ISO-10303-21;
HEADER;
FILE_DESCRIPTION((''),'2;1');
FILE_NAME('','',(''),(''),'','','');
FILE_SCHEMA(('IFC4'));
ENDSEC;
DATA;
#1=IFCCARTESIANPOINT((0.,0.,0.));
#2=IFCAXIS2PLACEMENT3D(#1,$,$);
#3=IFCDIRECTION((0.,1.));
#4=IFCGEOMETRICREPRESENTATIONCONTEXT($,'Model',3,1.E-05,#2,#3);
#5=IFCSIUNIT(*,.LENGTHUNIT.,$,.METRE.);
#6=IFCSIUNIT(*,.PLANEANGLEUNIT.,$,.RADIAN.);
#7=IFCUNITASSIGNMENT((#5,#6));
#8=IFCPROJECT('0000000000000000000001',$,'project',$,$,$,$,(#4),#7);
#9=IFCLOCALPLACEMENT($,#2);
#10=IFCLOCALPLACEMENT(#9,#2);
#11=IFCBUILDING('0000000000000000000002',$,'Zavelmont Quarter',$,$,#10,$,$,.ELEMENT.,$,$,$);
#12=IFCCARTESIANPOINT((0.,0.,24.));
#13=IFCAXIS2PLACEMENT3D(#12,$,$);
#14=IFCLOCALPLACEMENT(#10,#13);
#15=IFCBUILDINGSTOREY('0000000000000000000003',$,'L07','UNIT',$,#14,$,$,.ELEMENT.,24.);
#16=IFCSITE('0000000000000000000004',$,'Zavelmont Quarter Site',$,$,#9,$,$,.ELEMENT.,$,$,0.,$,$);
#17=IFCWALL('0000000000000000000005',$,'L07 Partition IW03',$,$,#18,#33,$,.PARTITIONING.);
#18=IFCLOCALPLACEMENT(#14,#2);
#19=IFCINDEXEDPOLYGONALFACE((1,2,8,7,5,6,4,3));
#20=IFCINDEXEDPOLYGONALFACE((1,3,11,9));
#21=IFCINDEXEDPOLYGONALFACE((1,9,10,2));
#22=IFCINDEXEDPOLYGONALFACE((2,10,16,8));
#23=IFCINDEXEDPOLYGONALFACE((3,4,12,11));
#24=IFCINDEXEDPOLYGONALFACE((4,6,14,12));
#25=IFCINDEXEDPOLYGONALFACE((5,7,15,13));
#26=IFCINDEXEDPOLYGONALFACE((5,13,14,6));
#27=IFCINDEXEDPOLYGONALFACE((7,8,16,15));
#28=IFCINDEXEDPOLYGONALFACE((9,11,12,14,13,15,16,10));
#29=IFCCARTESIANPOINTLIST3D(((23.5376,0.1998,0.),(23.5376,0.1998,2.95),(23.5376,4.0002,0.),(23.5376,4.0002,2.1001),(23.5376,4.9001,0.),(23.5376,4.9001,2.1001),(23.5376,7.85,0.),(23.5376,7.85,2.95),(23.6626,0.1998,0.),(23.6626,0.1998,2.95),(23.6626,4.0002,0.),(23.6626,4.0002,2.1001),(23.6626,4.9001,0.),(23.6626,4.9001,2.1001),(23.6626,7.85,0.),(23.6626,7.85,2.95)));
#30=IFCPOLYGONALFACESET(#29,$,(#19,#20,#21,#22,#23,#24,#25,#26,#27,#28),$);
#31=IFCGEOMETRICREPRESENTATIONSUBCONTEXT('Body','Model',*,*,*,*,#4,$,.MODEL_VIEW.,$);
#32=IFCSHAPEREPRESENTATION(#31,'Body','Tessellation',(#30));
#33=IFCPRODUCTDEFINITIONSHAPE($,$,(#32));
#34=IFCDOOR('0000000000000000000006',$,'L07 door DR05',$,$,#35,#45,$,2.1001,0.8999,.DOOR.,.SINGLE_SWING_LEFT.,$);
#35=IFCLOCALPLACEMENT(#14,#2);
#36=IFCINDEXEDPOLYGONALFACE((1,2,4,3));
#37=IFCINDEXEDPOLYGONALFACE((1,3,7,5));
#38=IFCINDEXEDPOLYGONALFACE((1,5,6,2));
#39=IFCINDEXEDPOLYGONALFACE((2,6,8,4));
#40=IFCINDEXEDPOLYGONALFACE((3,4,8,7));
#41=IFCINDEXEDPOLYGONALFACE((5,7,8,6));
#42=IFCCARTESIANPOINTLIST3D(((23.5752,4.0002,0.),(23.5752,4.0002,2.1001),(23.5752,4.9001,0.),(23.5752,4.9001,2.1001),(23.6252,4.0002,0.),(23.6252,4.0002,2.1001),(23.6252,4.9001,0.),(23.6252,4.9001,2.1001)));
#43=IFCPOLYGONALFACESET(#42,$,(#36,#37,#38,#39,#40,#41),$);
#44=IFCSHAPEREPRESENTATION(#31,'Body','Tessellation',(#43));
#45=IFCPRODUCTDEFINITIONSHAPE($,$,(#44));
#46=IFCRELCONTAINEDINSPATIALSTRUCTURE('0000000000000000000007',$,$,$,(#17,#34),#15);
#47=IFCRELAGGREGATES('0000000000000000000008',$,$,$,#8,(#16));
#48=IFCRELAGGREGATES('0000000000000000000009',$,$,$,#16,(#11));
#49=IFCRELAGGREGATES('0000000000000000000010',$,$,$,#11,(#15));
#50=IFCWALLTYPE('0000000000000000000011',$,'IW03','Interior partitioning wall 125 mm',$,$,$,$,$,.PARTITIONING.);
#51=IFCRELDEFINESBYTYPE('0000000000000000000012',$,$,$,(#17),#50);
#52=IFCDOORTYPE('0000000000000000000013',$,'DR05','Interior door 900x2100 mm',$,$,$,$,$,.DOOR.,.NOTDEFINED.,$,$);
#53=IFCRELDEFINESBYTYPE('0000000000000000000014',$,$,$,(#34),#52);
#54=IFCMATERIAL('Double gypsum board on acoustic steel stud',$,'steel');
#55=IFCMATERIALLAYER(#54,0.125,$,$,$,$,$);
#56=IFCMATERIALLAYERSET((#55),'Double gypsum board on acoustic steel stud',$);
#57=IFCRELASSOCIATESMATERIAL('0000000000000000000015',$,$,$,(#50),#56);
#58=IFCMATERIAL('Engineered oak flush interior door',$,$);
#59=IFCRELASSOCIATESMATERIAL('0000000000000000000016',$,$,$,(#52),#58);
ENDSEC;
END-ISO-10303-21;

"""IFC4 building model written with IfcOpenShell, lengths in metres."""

from ifc_helpers import new_model, si_unit, direction, frame, frame_2d, origin, place, context, subcontext, project, spatial, rectangle, extrude, material, layer, layer_set, type_object, element, fill, save


model = new_model("IFC4")

# Units and contexts
model_context = context("Model", 3, precision=1e-05, world=origin(), true_north=direction((0.0, 1.0)))
body_context = subcontext(model_context, "Body", "Model", "MODEL_VIEW")
ifc_project = project(units=[si_unit("LENGTHUNIT", "METRE"), si_unit("PLANEANGLEUNIT", "RADIAN")], contexts=[model_context])

# Site, building, storey
site_placement = place(None, origin())
site = spatial("IfcSite", under=ifc_project, at=site_placement, Name="Zavelmont Quarter Site", CompositionType="ELEMENT", RefElevation=0.0)
building_placement = place(site_placement, origin())
building = spatial("IfcBuilding", under=site, at=building_placement, Name="Zavelmont Quarter", CompositionType="ELEMENT")
storey_placement = place(building_placement, frame((0.0, 0.0, 24.0)))
storey = spatial("IfcBuildingStorey", under=building, at=storey_placement, Name="L07", Description="UNIT", CompositionType="ELEMENT", Elevation=24.0)

# Wall, opening, door
ifc_material_1 = material(Name="Double gypsum board on acoustic steel stud", Category="steel")
ifc_layer_1 = layer(ifc_material_1, 0.125)
ifc_layer_set_1 = layer_set([ifc_layer_1], Name="Double gypsum board on acoustic steel stud")
wall_type_1 = type_object("IfcWallType", Name="IW03", Description="Interior partitioning wall 125 mm", PredefinedType="PARTITIONING", material=ifc_layer_set_1)
wall_1_placement = place(storey_placement, frame((23.6001, 7.8501, 0.0), z_axis=(0.0, 0.0, 1.0), x_axis=(0.0, -1.0, 0.0)))
wall_1 = element("IfcWall", 1, at=wall_1_placement, inside=storey, type_object=wall_type_1, Name="L07 Partition IW03", PredefinedType="PARTITIONING", context=body_context, shape_type="SweptSolid", body=[
    extrude(rectangle(XDim=7.6501, YDim=0.125, at=frame_2d((3.8252, 0.0))), origin(), (0.0, 0.0, 1.0), 2.95),
])
opening_1_placement = place(wall_1_placement, frame((2.95, 0.0, 0.0)))
opening_1 = element("IfcOpeningElement", 2, at=opening_1_placement, cuts=wall_1, PredefinedType="OPENING", context=body_context, shape_type="SweptSolid", body=[
    extrude(rectangle(XDim=0.8999, YDim=2.1001, at=frame_2d((0.45, 1.05))), frame((0.0, 0.0745, 0.0), z_axis=(0.0, -1.0, 0.0), x_axis=(1.0, 0.0, 0.0)), (0.0, 0.0, 1.0), 0.1489),
])
ifc_material_2 = material(Name="Engineered oak flush interior door")
door_type_1 = type_object("IfcDoorType", Name="DR05", Description="Interior door 900x2100 mm", OperationType="NOTDEFINED", PredefinedType="DOOR", material=ifc_material_2)
door_1_placement = place(opening_1_placement, frame((0.8999, 0.0, 0.0), z_axis=(0.0, 0.0, 1.0), x_axis=(-1.0, 0.0, 0.0)))
door_1 = element("IfcDoor", 3, at=door_1_placement, inside=storey, type_object=door_type_1, Name="L07 door DR05", OperationType="SINGLE_SWING_LEFT", OverallHeight=2.1001, OverallWidth=0.8999, PredefinedType="DOOR", context=body_context, shape_type="SweptSolid", body=[
    extrude(rectangle(XDim=0.8999, YDim=2.1001, at=frame_2d((0.45, 1.05))), frame((0.0, 0.0249, 0.0), z_axis=(0.0, -1.0, 0.0), x_axis=(1.0, 0.0, 0.0)), (0.0, 0.0, 1.0), 0.05),
])
fill(opening_1, door_1)

save(model, "model.ifc")
